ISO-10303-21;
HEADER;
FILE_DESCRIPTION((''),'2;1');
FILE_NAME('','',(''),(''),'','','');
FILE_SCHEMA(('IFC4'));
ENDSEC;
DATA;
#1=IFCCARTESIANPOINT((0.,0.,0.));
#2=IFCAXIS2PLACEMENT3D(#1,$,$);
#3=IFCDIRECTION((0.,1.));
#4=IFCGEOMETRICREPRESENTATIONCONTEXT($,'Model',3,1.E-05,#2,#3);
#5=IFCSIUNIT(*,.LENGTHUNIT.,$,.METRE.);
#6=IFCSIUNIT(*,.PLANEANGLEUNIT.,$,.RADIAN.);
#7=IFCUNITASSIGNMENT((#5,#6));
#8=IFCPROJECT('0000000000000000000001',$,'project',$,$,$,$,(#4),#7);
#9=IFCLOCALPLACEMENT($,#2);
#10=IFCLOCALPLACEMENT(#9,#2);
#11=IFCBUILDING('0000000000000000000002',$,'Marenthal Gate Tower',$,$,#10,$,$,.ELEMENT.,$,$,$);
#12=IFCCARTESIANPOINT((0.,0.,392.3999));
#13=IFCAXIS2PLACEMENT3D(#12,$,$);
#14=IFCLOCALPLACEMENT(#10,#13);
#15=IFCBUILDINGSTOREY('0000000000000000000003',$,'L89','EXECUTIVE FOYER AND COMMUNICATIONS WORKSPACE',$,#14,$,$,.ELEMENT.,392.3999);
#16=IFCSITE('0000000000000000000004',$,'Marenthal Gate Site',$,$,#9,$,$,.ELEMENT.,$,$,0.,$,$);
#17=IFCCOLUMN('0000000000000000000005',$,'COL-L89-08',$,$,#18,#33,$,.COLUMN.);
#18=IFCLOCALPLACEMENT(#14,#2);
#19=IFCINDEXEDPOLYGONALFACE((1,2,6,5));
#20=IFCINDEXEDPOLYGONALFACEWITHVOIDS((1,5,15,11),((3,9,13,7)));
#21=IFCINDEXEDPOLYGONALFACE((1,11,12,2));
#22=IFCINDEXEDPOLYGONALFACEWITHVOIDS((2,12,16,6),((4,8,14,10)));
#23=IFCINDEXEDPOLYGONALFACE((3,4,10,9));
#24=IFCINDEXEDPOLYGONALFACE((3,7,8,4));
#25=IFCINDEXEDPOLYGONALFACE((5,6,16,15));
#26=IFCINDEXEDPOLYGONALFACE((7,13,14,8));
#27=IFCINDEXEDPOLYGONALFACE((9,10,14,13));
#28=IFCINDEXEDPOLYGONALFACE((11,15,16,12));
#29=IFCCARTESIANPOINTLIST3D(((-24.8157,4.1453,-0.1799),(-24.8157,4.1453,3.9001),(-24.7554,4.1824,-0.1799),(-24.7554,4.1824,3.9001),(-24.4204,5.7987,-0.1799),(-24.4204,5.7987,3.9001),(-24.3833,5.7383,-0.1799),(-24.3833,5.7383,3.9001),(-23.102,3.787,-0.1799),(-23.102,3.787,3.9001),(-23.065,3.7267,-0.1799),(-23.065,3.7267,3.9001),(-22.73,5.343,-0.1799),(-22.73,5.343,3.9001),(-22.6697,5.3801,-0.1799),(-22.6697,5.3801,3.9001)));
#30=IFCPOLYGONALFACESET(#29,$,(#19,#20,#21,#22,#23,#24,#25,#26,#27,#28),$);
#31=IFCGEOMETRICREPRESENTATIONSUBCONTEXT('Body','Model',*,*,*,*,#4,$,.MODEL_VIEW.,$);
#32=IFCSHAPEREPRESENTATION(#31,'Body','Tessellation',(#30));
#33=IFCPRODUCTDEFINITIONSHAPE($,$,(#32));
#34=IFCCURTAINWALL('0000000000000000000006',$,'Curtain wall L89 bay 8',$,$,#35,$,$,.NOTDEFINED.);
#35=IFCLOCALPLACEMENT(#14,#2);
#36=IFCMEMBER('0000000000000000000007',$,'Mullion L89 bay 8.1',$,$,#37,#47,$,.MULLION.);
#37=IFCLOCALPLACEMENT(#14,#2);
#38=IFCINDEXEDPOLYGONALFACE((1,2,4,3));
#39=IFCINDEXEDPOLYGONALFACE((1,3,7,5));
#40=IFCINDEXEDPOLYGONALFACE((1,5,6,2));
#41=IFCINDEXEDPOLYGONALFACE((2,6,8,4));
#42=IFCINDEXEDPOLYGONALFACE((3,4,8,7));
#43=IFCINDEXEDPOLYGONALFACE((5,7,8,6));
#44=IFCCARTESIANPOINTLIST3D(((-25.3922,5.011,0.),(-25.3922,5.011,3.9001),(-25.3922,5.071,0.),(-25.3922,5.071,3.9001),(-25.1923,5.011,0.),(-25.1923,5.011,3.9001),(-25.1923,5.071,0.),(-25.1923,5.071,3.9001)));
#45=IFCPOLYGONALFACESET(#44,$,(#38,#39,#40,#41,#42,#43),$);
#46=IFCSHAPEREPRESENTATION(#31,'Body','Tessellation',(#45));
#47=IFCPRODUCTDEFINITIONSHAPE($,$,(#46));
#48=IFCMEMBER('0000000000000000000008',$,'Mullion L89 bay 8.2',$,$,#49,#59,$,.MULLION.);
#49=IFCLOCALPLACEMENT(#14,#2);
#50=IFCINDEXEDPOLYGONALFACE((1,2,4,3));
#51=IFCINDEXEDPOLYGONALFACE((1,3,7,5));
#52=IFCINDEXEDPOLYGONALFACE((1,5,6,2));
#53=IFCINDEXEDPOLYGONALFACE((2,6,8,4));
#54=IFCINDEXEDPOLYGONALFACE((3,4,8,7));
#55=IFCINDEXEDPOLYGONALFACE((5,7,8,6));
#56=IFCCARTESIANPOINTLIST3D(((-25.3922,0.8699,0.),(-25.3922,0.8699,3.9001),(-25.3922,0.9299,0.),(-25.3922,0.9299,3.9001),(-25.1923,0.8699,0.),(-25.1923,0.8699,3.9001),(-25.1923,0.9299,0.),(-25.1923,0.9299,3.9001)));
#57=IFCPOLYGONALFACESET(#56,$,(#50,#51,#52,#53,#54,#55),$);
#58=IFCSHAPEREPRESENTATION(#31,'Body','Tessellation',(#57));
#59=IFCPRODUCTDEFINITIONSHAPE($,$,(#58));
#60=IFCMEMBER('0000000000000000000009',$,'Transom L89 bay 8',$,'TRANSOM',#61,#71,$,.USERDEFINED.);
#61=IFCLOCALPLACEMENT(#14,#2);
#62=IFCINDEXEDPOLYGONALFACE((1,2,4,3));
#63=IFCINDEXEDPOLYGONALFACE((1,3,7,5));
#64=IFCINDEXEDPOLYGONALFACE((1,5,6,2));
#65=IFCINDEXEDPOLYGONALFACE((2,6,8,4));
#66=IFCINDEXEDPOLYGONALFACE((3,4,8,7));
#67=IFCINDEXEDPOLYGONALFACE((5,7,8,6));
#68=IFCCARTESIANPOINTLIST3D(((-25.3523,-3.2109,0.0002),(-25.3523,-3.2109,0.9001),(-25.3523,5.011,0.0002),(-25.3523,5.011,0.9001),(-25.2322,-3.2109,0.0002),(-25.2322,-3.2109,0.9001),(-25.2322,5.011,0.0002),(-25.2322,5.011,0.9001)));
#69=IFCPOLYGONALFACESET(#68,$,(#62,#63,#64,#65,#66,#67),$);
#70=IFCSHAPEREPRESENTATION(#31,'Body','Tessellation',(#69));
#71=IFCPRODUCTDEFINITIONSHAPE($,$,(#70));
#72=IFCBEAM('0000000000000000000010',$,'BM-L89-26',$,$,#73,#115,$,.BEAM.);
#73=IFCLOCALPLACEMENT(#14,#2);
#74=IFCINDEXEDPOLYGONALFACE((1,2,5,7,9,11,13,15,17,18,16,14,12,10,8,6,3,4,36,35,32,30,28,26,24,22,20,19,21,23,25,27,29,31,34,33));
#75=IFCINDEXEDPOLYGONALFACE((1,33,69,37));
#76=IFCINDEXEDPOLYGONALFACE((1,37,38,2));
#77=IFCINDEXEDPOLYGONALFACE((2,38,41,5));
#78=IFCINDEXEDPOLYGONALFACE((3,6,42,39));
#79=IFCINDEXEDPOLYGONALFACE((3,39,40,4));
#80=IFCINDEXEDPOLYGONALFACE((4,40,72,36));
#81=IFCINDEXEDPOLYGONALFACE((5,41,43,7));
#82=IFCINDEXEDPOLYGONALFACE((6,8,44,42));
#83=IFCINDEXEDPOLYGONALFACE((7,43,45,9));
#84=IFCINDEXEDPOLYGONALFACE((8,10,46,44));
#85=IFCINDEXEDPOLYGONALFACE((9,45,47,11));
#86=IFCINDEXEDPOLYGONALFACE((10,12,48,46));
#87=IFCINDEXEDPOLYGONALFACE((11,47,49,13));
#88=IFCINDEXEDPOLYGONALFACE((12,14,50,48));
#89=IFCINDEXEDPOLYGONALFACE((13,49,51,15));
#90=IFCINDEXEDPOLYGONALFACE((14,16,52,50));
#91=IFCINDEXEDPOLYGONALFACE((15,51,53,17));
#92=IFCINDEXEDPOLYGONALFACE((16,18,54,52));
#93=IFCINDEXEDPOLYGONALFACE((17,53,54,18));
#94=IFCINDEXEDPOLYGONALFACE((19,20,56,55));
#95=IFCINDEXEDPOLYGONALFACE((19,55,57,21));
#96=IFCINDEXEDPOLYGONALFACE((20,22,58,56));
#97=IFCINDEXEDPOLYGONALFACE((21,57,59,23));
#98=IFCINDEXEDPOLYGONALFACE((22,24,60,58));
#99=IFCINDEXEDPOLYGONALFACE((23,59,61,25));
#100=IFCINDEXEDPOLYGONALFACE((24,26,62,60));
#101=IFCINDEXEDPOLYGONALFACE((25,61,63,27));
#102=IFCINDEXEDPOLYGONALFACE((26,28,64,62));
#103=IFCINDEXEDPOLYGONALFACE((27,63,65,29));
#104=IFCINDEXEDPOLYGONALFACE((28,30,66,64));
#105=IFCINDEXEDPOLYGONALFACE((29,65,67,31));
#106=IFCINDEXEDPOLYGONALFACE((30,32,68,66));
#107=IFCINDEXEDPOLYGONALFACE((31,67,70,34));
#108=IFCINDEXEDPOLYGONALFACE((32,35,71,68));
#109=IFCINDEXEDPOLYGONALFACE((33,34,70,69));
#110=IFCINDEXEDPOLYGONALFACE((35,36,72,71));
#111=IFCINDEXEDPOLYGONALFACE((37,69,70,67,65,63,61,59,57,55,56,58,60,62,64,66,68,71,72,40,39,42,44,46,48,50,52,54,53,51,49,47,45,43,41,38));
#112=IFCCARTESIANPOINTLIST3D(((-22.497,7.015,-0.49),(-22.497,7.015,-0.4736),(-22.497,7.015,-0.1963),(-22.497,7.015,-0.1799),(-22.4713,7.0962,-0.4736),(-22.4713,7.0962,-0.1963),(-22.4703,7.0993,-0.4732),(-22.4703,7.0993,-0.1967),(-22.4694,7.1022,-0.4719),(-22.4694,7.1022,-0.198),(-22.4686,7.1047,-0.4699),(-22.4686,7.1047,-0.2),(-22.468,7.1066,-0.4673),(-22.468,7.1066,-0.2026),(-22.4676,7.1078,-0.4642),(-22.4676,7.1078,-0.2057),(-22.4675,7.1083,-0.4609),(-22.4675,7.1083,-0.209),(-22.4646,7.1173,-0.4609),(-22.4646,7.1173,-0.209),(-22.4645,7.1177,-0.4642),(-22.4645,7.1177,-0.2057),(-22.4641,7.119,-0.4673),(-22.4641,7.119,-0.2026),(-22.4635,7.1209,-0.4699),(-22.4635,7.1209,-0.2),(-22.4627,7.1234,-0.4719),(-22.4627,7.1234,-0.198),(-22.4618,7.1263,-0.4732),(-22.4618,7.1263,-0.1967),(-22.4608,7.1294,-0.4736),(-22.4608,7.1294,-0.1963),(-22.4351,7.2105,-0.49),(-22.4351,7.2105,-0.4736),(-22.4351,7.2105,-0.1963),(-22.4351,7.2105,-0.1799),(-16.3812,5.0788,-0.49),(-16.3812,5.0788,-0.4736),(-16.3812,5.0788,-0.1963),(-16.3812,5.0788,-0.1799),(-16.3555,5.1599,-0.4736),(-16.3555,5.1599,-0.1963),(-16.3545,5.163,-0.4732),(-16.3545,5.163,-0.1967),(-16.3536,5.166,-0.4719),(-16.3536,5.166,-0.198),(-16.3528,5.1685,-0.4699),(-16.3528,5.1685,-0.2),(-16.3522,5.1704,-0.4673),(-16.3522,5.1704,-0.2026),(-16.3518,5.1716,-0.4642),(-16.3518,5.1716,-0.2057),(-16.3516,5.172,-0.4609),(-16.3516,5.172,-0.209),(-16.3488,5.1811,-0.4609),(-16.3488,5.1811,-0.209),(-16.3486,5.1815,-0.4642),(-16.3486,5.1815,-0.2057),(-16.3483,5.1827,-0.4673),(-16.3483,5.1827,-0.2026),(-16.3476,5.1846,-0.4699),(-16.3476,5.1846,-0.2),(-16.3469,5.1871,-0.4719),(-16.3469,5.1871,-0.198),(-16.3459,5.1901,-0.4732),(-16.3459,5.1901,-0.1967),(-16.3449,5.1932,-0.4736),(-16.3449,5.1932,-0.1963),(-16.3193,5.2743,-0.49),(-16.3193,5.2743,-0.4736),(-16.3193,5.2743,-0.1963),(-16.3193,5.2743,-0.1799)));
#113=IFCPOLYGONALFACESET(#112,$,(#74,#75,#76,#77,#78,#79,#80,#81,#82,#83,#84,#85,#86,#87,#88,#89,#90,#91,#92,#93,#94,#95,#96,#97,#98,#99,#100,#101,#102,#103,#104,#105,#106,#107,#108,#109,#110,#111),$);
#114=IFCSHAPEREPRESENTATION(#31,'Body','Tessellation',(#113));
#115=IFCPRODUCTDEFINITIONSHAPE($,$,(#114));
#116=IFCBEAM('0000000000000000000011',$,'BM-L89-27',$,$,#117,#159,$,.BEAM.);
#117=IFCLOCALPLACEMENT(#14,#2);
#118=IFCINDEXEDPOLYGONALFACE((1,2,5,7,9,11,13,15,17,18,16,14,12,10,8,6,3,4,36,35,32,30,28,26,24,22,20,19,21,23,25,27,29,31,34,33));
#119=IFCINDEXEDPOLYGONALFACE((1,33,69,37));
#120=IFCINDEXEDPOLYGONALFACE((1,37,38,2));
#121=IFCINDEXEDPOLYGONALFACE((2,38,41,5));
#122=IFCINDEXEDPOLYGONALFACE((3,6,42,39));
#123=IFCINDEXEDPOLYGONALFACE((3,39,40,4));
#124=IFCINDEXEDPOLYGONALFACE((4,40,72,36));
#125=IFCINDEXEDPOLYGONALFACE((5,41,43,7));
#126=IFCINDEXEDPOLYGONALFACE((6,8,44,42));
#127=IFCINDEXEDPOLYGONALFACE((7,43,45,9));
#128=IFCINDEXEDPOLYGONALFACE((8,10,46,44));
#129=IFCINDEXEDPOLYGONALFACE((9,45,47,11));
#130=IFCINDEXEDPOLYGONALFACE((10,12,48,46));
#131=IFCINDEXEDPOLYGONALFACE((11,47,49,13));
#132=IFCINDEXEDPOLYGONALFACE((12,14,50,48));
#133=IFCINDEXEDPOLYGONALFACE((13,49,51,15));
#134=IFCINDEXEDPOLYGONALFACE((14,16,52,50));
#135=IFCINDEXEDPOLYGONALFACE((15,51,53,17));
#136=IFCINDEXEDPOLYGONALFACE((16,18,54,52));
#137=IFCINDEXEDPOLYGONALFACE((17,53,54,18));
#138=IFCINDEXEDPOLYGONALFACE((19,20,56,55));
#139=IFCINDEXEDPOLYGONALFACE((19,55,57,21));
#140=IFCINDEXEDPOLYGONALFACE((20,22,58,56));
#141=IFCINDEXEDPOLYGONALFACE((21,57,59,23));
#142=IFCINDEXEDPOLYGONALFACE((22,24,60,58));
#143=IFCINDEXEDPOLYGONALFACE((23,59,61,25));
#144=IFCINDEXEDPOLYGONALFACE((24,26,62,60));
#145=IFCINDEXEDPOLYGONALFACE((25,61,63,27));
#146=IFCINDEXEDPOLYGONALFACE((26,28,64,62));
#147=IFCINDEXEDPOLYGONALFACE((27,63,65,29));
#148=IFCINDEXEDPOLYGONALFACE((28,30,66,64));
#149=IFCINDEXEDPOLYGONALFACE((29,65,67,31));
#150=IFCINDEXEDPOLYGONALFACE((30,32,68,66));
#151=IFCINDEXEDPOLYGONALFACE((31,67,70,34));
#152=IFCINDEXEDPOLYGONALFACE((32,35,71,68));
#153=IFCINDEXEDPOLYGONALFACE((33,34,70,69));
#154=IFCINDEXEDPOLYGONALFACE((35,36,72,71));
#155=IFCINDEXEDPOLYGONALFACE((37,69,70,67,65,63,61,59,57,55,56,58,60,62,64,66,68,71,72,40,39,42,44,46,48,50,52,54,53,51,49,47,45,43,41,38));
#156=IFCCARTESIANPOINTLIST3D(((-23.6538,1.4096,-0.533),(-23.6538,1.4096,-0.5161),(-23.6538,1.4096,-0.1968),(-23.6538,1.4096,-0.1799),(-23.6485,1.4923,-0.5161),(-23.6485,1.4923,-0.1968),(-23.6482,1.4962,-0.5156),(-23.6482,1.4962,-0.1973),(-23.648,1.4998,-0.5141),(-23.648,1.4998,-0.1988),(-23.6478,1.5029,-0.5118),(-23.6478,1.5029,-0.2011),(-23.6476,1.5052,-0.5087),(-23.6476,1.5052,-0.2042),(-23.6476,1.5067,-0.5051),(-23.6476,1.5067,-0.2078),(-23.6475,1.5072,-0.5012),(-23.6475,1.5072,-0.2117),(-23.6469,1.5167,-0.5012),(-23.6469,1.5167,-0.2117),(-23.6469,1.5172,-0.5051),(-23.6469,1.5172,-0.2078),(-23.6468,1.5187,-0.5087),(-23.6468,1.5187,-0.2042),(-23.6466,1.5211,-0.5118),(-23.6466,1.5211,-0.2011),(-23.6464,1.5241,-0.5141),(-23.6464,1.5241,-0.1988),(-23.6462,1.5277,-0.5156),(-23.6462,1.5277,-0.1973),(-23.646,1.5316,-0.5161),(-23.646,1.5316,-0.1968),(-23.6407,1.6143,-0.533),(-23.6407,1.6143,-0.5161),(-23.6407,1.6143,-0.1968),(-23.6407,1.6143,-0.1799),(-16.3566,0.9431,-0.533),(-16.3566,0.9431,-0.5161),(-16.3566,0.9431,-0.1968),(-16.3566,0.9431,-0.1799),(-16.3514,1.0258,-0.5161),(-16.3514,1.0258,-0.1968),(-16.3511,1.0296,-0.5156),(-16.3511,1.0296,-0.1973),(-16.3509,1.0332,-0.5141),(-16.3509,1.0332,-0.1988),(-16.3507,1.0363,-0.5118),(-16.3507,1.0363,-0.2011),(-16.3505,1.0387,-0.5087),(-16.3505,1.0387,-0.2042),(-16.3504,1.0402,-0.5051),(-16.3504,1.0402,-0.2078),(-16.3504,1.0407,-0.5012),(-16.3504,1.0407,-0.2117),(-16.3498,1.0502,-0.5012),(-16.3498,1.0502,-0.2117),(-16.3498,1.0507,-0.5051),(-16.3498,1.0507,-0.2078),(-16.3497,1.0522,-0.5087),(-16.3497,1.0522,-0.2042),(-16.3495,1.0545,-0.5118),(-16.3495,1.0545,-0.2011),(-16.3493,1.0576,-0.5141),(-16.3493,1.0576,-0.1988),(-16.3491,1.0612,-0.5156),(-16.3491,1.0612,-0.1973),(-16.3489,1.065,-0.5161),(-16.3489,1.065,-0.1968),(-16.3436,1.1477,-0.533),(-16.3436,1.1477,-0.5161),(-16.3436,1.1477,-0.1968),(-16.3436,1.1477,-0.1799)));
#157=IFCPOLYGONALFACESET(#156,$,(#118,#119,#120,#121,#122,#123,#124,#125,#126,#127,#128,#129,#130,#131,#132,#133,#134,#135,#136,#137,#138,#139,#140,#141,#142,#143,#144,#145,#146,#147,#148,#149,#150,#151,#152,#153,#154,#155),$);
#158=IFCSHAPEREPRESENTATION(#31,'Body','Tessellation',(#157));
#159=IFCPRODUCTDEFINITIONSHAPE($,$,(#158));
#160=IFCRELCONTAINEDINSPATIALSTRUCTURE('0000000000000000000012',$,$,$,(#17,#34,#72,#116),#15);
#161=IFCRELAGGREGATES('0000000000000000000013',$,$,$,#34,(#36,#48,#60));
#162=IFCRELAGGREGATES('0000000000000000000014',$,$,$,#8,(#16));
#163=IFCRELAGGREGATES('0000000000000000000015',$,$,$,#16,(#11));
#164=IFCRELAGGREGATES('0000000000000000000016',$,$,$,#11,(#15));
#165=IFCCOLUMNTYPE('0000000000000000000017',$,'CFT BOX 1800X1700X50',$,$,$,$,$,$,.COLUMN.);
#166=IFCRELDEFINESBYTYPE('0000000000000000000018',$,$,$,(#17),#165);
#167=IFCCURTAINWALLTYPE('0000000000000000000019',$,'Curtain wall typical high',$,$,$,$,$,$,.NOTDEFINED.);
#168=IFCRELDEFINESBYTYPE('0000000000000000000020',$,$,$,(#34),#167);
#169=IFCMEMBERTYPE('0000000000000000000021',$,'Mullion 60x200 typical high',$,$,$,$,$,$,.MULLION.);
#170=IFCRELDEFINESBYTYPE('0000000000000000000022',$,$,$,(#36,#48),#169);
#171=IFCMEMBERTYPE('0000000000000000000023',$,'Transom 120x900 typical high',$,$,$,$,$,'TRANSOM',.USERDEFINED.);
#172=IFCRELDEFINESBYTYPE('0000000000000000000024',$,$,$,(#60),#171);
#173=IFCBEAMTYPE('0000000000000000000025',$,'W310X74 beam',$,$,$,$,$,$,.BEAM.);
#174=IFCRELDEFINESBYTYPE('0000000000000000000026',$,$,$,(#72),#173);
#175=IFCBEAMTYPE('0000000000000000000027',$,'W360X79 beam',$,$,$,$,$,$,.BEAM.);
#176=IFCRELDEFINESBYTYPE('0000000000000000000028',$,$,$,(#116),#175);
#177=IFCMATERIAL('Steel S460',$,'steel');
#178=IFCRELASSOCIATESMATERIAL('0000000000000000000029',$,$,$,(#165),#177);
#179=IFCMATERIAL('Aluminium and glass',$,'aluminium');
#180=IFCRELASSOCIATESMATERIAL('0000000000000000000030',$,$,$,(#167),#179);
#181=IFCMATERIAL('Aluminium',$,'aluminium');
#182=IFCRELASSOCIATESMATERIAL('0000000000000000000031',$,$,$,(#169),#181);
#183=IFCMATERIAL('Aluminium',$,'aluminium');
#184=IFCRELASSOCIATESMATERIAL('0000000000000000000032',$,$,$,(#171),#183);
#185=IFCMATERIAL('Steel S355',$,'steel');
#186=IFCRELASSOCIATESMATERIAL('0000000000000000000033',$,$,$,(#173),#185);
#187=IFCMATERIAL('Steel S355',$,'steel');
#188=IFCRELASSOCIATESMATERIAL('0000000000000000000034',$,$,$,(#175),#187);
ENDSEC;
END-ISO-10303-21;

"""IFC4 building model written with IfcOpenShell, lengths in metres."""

from ifc_helpers import new_model, si_unit, direction, frame, origin, origin_2d, place, context, subcontext, project, spatial, rectangle, hollow_rectangle, i_section, extrude, material, material_profile, profile_set, type_object, element, aggregate, save


model = new_model("IFC4")

# Units and contexts
model_context = context("Model", 3, precision=1e-05, world=origin(), true_north=direction((0.0, 1.0)))
body_context = subcontext(model_context, "Body", "Model", "MODEL_VIEW")
ifc_project = project(units=[si_unit("LENGTHUNIT", "METRE"), si_unit("PLANEANGLEUNIT", "RADIAN")], contexts=[model_context])

# Site, building, storey
site_placement = place(None, origin())
site = spatial("IfcSite", under=ifc_project, at=site_placement, Name="Marenthal Gate Site", CompositionType="ELEMENT", RefElevation=0.0)
building_placement = place(site_placement, origin())
building = spatial("IfcBuilding", under=site, at=building_placement, Name="Marenthal Gate Tower", CompositionType="ELEMENT")
storey_placement = place(building_placement, frame((0.0, 0.0, 392.3999)))
storey = spatial("IfcBuildingStorey", under=building, at=storey_placement, Name="L89", Description="EXECUTIVE FOYER AND COMMUNICATIONS WORKSPACE", CompositionType="ELEMENT", Elevation=392.3999)

# Column
ifc_material_1 = material(Name="Steel S460", Category="steel")
ifc_material_profile_1 = material_profile(ifc_material_1, hollow_rectangle(XDim=1.7, YDim=1.8, WallThickness=0.05, at=origin_2d()), Name="CFT BOX 1800X1700X50")
ifc_material_2 = material(Name="Concrete 70 MPa", Category="concrete")
ifc_material_profile_2 = material_profile(ifc_material_2, rectangle(XDim=1.6001, YDim=1.7, at=origin_2d()), Name="CFT BOX 1800X1700X50 INFILL")
ifc_profile_set_1 = profile_set([ifc_material_profile_1, ifc_material_profile_2], Name="Steel S460 shell, Concrete 70 MPa infill")
column_type = type_object("IfcColumnType", Name="CFT BOX 1800X1700X50", PredefinedType="COLUMN", material=ifc_profile_set_1)
column_placement = place(storey_placement, frame((-23.7427, 4.7627, -0.1799), z_axis=(0.0, 0.0, 1.0), x_axis=(0.232542, 0.972586, 0.0)))
element("IfcColumn", 1, at=column_placement, inside=storey, type_object=column_type, Name="COL-L89-08", PredefinedType="COLUMN", context=body_context, shape_type="SweptSolid", body=[
    extrude(hollow_rectangle(XDim=1.7, YDim=1.8, WallThickness=0.05, at=origin_2d()), origin(), (0.0, 0.0, 1.0), 4.0801),
])

# Curtain wall, members
ifc_material_3 = material(Name="Aluminium and glass", Category="aluminium")
curtain_wall_type = type_object("IfcCurtainWallType", Name="Curtain wall typical high", PredefinedType="NOTDEFINED", material=ifc_material_3)
curtain_wall_placement = place(storey_placement, origin())
curtain_wall = element("IfcCurtainWall", 2, at=curtain_wall_placement, inside=storey, type_object=curtain_wall_type, Name="Curtain wall L89 bay 8", PredefinedType="NOTDEFINED")
ifc_material_4 = material(Name="Aluminium", Category="aluminium")
ifc_material_profile_3 = material_profile(ifc_material_4, rectangle(XDim=0.2, YDim=0.0601, at=origin_2d()), Name="60x200 aluminium mullion")
ifc_profile_set_2 = profile_set([ifc_material_profile_3], Name="Aluminium")
member_type_1 = type_object("IfcMemberType", Name="Mullion 60x200 typical high", PredefinedType="MULLION", material=ifc_profile_set_2)
member_1_placement = place(storey_placement, frame((-25.2922, 5.041, 0.0), z_axis=(0.0, 0.0, 1.0), x_axis=(1.0, 0.0, 0.0)))
member_1 = element("IfcMember", 3, at=member_1_placement, type_object=member_type_1, Name="Mullion L89 bay 8.1", PredefinedType="MULLION", context=body_context, shape_type="SweptSolid", body=[
    extrude(rectangle(XDim=0.2, YDim=0.0601, at=origin_2d()), origin(), (0.0, 0.0, 1.0), 3.9001),
])
member_2_placement = place(storey_placement, frame((-25.2922, 0.8999, 0.0), z_axis=(0.0, 0.0, 1.0), x_axis=(1.0, 0.0, 0.0)))
member_2 = element("IfcMember", 4, at=member_2_placement, type_object=member_type_1, Name="Mullion L89 bay 8.2", PredefinedType="MULLION", context=body_context, shape_type="SweptSolid", body=[
    extrude(rectangle(XDim=0.2, YDim=0.0601, at=origin_2d()), origin(), (0.0, 0.0, 1.0), 3.9001),
])
ifc_material_5 = material(Name="Aluminium", Category="aluminium")
ifc_material_profile_4 = material_profile(ifc_material_5, rectangle(XDim=0.1201, YDim=0.8999, at=origin_2d()), Name="120x900 aluminium transom")
ifc_profile_set_3 = profile_set([ifc_material_profile_4], Name="Aluminium")
member_type_2 = type_object("IfcMemberType", Name="Transom 120x900 typical high", ElementType="TRANSOM", PredefinedType="USERDEFINED", material=ifc_profile_set_3)
member_3_placement = place(storey_placement, frame((-25.2922, 5.011, 0.4502), z_axis=(0.0, -1.0, 0.0), x_axis=(1.0, 0.0, 0.0)))
member_3 = element("IfcMember", 5, at=member_3_placement, type_object=member_type_2, Name="Transom L89 bay 8", ObjectType="TRANSOM", PredefinedType="USERDEFINED", context=body_context, shape_type="SweptSolid", body=[
    extrude(rectangle(XDim=0.1201, YDim=0.8999, at=origin_2d()), origin(), (0.0, 0.0, 1.0), 8.2219),
])

# Beams
ifc_material_6 = material(Name="Steel S355", Category="steel")
ifc_material_profile_5 = material_profile(ifc_material_6, i_section(OverallWidth=0.2051, OverallDepth=0.3101, WebThickness=0.0095, FlangeThickness=0.0164, FilletRadius=0.0127, at=origin_2d()), Name="W310X74")
ifc_profile_set_4 = profile_set([ifc_material_profile_5], Name="Steel S355")
beam_type_1 = type_object("IfcBeamType", Name="W310X74 beam", PredefinedType="BEAM", material=ifc_profile_set_4)
beam_1_placement = place(storey_placement, frame((-22.4661, 7.1128, -0.335), z_axis=(0.953362, -0.301829, 0.0), x_axis=(0.301829, 0.953362, 0.0)))
element("IfcBeam", 6, at=beam_1_placement, inside=storey, type_object=beam_type_1, Name="BM-L89-26", PredefinedType="BEAM", context=body_context, shape_type="SweptSolid", body=[
    extrude(i_section(OverallWidth=0.2051, OverallDepth=0.3101, WebThickness=0.0095, FlangeThickness=0.0164, FilletRadius=0.0127, at=origin_2d()), origin(), (0.0, 0.0, 1.0), 6.415),
])
ifc_material_7 = material(Name="Steel S355", Category="steel")
ifc_material_profile_6 = material_profile(ifc_material_7, i_section(OverallWidth=0.2051, OverallDepth=0.353, WebThickness=0.0095, FlangeThickness=0.0168, FilletRadius=0.0149, at=origin_2d()), Name="W360X79")
ifc_profile_set_5 = profile_set([ifc_material_profile_6], Name="Steel S355")
beam_type_2 = type_object("IfcBeamType", Name="W360X79 beam", PredefinedType="BEAM", material=ifc_profile_set_5)
beam_2_placement = place(storey_placement, frame((-23.6472, 1.512, -0.3564), z_axis=(0.997962, -0.063806, 0.0), x_axis=(0.063806, 0.997962, 0.0)))
element("IfcBeam", 7, at=beam_2_placement, inside=storey, type_object=beam_type_2, Name="BM-L89-27", PredefinedType="BEAM", context=body_context, shape_type="SweptSolid", body=[
    extrude(i_section(OverallWidth=0.2051, OverallDepth=0.353, WebThickness=0.0095, FlangeThickness=0.0168, FilletRadius=0.0149, at=origin_2d()), origin(), (0.0, 0.0, 1.0), 7.312),
])

aggregate(curtain_wall, [member_1, member_2, member_3])

save(model, "model.ifc")
